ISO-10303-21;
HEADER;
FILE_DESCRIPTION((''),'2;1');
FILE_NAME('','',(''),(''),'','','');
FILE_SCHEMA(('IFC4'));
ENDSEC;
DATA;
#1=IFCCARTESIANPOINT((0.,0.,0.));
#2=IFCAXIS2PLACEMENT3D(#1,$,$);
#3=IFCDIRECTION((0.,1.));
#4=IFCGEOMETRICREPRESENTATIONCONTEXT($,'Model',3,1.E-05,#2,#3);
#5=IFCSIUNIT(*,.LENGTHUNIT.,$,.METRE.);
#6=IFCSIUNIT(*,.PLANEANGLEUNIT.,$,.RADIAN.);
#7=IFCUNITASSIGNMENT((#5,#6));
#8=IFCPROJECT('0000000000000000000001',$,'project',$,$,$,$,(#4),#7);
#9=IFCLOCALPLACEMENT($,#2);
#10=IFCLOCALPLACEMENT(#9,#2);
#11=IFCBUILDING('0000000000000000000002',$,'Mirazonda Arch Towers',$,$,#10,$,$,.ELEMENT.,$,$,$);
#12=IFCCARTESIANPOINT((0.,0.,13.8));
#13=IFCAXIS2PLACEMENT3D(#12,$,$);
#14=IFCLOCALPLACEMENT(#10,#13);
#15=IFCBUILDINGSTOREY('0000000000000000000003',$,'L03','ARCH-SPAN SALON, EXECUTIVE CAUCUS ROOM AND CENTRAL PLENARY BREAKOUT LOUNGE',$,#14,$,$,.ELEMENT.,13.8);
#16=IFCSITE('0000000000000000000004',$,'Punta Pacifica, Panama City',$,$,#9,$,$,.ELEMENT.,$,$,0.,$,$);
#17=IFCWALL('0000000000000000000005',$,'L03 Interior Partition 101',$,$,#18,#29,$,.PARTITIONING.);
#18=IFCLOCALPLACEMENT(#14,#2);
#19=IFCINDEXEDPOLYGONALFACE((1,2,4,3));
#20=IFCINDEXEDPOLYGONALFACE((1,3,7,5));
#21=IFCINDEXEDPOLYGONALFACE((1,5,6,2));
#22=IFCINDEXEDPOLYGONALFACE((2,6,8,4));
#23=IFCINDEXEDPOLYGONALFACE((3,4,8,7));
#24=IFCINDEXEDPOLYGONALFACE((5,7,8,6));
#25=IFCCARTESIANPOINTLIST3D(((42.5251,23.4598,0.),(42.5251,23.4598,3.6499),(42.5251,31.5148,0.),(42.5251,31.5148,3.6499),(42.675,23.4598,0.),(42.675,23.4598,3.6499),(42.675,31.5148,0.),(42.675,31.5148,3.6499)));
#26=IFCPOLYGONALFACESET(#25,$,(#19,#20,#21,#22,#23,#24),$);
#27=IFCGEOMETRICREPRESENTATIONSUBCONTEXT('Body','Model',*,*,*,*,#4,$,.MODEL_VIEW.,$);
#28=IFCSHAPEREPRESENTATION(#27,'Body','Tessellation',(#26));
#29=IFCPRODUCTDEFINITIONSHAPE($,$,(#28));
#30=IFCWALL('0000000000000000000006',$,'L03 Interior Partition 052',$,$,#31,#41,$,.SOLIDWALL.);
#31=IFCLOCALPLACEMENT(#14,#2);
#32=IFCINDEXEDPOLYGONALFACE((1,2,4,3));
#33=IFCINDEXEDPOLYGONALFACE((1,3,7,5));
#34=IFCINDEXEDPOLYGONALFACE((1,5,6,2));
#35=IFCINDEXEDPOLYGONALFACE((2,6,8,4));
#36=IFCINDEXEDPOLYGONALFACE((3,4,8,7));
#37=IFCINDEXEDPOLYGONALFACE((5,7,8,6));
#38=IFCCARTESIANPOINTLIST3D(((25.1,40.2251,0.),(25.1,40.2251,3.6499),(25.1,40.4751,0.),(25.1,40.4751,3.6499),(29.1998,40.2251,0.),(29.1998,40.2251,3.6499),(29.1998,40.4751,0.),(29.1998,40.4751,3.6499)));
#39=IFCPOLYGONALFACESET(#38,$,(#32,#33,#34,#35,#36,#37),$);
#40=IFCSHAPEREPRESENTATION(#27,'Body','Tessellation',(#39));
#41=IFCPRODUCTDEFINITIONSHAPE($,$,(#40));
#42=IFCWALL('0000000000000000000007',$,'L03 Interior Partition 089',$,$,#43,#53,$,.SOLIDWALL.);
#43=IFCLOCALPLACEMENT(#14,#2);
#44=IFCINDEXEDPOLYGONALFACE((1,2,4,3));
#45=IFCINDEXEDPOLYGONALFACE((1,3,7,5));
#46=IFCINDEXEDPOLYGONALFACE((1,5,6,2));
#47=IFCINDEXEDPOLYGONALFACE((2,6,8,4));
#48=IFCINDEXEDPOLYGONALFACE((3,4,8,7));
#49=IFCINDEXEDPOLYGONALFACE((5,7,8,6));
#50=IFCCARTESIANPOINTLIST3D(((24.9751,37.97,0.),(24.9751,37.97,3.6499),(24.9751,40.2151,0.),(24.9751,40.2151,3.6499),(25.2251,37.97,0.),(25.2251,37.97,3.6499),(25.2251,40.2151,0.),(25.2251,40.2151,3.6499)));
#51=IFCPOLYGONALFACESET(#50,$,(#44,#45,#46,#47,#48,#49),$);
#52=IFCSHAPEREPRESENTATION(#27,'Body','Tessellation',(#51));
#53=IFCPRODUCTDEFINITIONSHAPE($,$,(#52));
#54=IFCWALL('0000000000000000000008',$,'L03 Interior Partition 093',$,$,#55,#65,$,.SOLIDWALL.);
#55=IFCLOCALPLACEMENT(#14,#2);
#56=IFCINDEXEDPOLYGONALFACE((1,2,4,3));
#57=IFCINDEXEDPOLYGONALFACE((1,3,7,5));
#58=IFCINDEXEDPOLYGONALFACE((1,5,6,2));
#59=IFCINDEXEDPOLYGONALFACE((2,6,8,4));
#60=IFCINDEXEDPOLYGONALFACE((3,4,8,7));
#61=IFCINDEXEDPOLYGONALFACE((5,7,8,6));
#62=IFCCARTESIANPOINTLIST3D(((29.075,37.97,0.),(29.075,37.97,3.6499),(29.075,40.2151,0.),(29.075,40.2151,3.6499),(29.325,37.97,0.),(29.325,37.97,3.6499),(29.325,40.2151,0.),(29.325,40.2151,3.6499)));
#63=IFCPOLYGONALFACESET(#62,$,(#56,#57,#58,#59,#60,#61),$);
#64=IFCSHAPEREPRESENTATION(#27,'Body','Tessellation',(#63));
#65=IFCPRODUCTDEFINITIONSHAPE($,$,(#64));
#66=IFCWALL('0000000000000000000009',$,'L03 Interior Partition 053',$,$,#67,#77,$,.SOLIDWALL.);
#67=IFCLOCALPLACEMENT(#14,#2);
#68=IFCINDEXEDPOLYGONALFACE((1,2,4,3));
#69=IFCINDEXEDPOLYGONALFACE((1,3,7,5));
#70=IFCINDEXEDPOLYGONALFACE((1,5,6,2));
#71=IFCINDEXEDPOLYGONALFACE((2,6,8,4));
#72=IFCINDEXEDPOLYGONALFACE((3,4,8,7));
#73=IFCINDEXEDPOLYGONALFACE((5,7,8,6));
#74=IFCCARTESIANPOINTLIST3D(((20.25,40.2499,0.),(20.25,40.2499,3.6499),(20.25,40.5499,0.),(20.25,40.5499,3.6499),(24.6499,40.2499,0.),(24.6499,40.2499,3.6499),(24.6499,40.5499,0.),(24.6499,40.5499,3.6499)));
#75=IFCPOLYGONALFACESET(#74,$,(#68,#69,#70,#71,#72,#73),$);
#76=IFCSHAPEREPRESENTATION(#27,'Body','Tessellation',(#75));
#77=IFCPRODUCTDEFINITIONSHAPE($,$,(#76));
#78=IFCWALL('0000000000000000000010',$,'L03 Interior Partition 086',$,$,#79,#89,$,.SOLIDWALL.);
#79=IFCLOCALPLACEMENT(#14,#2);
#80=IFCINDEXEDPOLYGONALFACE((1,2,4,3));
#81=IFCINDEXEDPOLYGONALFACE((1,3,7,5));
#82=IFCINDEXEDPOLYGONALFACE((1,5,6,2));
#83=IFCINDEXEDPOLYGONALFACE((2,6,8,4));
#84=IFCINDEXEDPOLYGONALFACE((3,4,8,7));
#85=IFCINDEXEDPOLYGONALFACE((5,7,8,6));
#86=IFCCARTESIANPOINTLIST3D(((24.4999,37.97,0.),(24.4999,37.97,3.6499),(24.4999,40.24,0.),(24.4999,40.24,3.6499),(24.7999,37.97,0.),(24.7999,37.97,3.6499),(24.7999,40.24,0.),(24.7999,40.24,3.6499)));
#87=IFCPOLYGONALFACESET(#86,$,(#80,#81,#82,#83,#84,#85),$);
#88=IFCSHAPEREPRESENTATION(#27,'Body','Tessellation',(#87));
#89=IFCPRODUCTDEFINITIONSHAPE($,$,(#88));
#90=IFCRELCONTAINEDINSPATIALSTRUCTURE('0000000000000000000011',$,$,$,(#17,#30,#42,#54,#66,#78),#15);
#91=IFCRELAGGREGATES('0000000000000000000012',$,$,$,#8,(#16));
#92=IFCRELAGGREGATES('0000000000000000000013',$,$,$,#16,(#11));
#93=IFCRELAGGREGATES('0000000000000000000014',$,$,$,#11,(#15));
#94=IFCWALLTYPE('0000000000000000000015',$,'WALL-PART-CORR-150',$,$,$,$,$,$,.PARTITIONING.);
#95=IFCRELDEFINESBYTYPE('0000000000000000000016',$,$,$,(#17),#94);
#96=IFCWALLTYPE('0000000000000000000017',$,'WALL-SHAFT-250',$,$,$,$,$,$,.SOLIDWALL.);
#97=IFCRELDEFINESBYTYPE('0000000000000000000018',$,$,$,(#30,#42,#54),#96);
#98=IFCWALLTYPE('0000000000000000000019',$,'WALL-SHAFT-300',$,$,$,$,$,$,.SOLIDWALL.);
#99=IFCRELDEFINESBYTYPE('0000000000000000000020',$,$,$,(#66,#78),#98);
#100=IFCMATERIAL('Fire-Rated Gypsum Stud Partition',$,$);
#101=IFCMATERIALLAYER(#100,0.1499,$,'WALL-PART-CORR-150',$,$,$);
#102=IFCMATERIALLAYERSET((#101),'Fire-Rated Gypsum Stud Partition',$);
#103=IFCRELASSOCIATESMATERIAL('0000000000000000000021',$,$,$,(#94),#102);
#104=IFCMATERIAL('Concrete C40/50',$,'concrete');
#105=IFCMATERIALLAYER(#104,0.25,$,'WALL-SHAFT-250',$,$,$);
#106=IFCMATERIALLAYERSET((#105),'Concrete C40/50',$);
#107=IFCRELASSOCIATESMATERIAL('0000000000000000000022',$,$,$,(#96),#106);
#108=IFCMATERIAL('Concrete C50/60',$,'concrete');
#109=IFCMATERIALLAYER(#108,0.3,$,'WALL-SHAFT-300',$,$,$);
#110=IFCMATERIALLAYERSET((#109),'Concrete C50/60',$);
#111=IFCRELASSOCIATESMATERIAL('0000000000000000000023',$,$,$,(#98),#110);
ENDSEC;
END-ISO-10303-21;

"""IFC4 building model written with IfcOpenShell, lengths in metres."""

from ifc_helpers import new_model, si_unit, direction, frame, frame_2d, origin, place, context, subcontext, project, spatial, rectangle, extrude, material, layer, layer_set, type_object, element, save


model = new_model("IFC4")

# Units and contexts
model_context = context("Model", 3, precision=1e-05, world=origin(), true_north=direction((0.0, 1.0)))
body_context = subcontext(model_context, "Body", "Model", "MODEL_VIEW")
ifc_project = project(units=[si_unit("LENGTHUNIT", "METRE"), si_unit("PLANEANGLEUNIT", "RADIAN")], contexts=[model_context])

# Site, building, storey
site_placement = place(None, origin())
site = spatial("IfcSite", under=ifc_project, at=site_placement, Name="Punta Pacifica, Panama City", CompositionType="ELEMENT", RefElevation=0.0)
building_placement = place(site_placement, origin())
building = spatial("IfcBuilding", under=site, at=building_placement, Name="Mirazonda Arch Towers", CompositionType="ELEMENT")
storey_placement = place(building_placement, frame((0.0, 0.0, 13.8)))
storey = spatial("IfcBuildingStorey", under=building, at=storey_placement, Name="L03", Description="ARCH-SPAN SALON, EXECUTIVE CAUCUS ROOM AND CENTRAL PLENARY BREAKOUT LOUNGE", CompositionType="ELEMENT", Elevation=13.8)

# Walls
ifc_material_1 = material(Name="Concrete C40/50", Category="concrete")
ifc_material_2 = material(Name="Fire-Rated Gypsum Stud Partition")
ifc_layer_1 = layer(ifc_material_2, 0.1499, Name="WALL-PART-CORR-150")
ifc_layer_set_1 = layer_set([ifc_layer_1], Name="Fire-Rated Gypsum Stud Partition")
wall_type_1 = type_object("IfcWallType", Name="WALL-PART-CORR-150", PredefinedType="PARTITIONING", material=ifc_layer_set_1)
wall_1_placement = place(storey_placement, frame((42.6001, 23.46, 0.0), z_axis=(0.0, 0.0, 1.0), x_axis=(0.0, 1.0, 0.0)))
element("IfcWall", 1, at=wall_1_placement, inside=storey, type_object=wall_type_1, Name="L03 Interior Partition 101", PredefinedType="PARTITIONING", context=body_context, shape_type="SweptSolid", body=[
    extrude(rectangle(XDim=8.0549, YDim=0.1499, at=frame_2d((4.0273, 0.0))), origin(), (0.0, 0.0, 1.0), 3.6499),
])
ifc_layer_2 = layer(ifc_material_1, 0.25, Name="WALL-SHAFT-250")
ifc_layer_set_2 = layer_set([ifc_layer_2], Name="Concrete C40/50")
wall_type_2 = type_object("IfcWallType", Name="WALL-SHAFT-250", PredefinedType="SOLIDWALL", material=ifc_layer_set_2)
wall_2_placement = place(storey_placement, frame((25.1001, 40.3501, 0.0), z_axis=(0.0, 0.0, 1.0), x_axis=(1.0, 0.0, 0.0)))
element("IfcWall", 2, at=wall_2_placement, inside=storey, type_object=wall_type_2, Name="L03 Interior Partition 052", PredefinedType="SOLIDWALL", context=body_context, shape_type="SweptSolid", body=[
    extrude(rectangle(XDim=4.0999, YDim=0.25, at=frame_2d((2.0498, 0.0))), origin(), (0.0, 0.0, 1.0), 3.6499),
])
for number, where, z_axis, x_axis, name in (
    (3, (25.1001, 37.97, 0.0), (0.0, 0.0, 1.0), (0.0, 1.0, 0.0), "L03 Interior Partition 089"),
    (4, (29.2, 37.97, 0.0), (0.0, 0.0, 1.0), (0.0, 1.0, 0.0), "L03 Interior Partition 093"),
):
    element("IfcWall", number, at=place(storey_placement, frame(where, z_axis=z_axis, x_axis=x_axis)), inside=storey, type_object=wall_type_2, Name=name, PredefinedType="SOLIDWALL", context=body_context, shape_type="SweptSolid", body=[
        extrude(rectangle(XDim=2.2451, YDim=0.25, at=frame_2d((1.1226, 0.0))), origin(), (0.0, 0.0, 1.0), 3.6499),
    ])
ifc_material_3 = material(Name="Concrete C50/60", Category="concrete")
ifc_layer_3 = layer(ifc_material_3, 0.3, Name="WALL-SHAFT-300")
ifc_layer_set_3 = layer_set([ifc_layer_3], Name="Concrete C50/60")
wall_type_3 = type_object("IfcWallType", Name="WALL-SHAFT-300", PredefinedType="SOLIDWALL", material=ifc_layer_set_3)
wall_3_placement = place(storey_placement, frame((20.25, 40.3999, 0.0), z_axis=(0.0, 0.0, 1.0), x_axis=(1.0, 0.0, 0.0)))
element("IfcWall", 5, at=wall_3_placement, inside=storey, type_object=wall_type_3, Name="L03 Interior Partition 053", PredefinedType="SOLIDWALL", context=body_context, shape_type="SweptSolid", body=[
    extrude(rectangle(XDim=4.3999, YDim=0.3, at=frame_2d((2.2, 0.0))), origin(), (0.0, 0.0, 1.0), 3.6499),
])
wall_4_placement = place(storey_placement, frame((24.6499, 37.97, 0.0), z_axis=(0.0, 0.0, 1.0), x_axis=(0.0, 1.0, 0.0)))
element("IfcWall", 6, at=wall_4_placement, inside=storey, type_object=wall_type_3, Name="L03 Interior Partition 086", PredefinedType="SOLIDWALL", context=body_context, shape_type="SweptSolid", body=[
    extrude(rectangle(XDim=2.27, YDim=0.3, at=frame_2d((1.135, 0.0))), origin(), (0.0, 0.0, 1.0), 3.6499),
])

save(model, "model.ifc")
